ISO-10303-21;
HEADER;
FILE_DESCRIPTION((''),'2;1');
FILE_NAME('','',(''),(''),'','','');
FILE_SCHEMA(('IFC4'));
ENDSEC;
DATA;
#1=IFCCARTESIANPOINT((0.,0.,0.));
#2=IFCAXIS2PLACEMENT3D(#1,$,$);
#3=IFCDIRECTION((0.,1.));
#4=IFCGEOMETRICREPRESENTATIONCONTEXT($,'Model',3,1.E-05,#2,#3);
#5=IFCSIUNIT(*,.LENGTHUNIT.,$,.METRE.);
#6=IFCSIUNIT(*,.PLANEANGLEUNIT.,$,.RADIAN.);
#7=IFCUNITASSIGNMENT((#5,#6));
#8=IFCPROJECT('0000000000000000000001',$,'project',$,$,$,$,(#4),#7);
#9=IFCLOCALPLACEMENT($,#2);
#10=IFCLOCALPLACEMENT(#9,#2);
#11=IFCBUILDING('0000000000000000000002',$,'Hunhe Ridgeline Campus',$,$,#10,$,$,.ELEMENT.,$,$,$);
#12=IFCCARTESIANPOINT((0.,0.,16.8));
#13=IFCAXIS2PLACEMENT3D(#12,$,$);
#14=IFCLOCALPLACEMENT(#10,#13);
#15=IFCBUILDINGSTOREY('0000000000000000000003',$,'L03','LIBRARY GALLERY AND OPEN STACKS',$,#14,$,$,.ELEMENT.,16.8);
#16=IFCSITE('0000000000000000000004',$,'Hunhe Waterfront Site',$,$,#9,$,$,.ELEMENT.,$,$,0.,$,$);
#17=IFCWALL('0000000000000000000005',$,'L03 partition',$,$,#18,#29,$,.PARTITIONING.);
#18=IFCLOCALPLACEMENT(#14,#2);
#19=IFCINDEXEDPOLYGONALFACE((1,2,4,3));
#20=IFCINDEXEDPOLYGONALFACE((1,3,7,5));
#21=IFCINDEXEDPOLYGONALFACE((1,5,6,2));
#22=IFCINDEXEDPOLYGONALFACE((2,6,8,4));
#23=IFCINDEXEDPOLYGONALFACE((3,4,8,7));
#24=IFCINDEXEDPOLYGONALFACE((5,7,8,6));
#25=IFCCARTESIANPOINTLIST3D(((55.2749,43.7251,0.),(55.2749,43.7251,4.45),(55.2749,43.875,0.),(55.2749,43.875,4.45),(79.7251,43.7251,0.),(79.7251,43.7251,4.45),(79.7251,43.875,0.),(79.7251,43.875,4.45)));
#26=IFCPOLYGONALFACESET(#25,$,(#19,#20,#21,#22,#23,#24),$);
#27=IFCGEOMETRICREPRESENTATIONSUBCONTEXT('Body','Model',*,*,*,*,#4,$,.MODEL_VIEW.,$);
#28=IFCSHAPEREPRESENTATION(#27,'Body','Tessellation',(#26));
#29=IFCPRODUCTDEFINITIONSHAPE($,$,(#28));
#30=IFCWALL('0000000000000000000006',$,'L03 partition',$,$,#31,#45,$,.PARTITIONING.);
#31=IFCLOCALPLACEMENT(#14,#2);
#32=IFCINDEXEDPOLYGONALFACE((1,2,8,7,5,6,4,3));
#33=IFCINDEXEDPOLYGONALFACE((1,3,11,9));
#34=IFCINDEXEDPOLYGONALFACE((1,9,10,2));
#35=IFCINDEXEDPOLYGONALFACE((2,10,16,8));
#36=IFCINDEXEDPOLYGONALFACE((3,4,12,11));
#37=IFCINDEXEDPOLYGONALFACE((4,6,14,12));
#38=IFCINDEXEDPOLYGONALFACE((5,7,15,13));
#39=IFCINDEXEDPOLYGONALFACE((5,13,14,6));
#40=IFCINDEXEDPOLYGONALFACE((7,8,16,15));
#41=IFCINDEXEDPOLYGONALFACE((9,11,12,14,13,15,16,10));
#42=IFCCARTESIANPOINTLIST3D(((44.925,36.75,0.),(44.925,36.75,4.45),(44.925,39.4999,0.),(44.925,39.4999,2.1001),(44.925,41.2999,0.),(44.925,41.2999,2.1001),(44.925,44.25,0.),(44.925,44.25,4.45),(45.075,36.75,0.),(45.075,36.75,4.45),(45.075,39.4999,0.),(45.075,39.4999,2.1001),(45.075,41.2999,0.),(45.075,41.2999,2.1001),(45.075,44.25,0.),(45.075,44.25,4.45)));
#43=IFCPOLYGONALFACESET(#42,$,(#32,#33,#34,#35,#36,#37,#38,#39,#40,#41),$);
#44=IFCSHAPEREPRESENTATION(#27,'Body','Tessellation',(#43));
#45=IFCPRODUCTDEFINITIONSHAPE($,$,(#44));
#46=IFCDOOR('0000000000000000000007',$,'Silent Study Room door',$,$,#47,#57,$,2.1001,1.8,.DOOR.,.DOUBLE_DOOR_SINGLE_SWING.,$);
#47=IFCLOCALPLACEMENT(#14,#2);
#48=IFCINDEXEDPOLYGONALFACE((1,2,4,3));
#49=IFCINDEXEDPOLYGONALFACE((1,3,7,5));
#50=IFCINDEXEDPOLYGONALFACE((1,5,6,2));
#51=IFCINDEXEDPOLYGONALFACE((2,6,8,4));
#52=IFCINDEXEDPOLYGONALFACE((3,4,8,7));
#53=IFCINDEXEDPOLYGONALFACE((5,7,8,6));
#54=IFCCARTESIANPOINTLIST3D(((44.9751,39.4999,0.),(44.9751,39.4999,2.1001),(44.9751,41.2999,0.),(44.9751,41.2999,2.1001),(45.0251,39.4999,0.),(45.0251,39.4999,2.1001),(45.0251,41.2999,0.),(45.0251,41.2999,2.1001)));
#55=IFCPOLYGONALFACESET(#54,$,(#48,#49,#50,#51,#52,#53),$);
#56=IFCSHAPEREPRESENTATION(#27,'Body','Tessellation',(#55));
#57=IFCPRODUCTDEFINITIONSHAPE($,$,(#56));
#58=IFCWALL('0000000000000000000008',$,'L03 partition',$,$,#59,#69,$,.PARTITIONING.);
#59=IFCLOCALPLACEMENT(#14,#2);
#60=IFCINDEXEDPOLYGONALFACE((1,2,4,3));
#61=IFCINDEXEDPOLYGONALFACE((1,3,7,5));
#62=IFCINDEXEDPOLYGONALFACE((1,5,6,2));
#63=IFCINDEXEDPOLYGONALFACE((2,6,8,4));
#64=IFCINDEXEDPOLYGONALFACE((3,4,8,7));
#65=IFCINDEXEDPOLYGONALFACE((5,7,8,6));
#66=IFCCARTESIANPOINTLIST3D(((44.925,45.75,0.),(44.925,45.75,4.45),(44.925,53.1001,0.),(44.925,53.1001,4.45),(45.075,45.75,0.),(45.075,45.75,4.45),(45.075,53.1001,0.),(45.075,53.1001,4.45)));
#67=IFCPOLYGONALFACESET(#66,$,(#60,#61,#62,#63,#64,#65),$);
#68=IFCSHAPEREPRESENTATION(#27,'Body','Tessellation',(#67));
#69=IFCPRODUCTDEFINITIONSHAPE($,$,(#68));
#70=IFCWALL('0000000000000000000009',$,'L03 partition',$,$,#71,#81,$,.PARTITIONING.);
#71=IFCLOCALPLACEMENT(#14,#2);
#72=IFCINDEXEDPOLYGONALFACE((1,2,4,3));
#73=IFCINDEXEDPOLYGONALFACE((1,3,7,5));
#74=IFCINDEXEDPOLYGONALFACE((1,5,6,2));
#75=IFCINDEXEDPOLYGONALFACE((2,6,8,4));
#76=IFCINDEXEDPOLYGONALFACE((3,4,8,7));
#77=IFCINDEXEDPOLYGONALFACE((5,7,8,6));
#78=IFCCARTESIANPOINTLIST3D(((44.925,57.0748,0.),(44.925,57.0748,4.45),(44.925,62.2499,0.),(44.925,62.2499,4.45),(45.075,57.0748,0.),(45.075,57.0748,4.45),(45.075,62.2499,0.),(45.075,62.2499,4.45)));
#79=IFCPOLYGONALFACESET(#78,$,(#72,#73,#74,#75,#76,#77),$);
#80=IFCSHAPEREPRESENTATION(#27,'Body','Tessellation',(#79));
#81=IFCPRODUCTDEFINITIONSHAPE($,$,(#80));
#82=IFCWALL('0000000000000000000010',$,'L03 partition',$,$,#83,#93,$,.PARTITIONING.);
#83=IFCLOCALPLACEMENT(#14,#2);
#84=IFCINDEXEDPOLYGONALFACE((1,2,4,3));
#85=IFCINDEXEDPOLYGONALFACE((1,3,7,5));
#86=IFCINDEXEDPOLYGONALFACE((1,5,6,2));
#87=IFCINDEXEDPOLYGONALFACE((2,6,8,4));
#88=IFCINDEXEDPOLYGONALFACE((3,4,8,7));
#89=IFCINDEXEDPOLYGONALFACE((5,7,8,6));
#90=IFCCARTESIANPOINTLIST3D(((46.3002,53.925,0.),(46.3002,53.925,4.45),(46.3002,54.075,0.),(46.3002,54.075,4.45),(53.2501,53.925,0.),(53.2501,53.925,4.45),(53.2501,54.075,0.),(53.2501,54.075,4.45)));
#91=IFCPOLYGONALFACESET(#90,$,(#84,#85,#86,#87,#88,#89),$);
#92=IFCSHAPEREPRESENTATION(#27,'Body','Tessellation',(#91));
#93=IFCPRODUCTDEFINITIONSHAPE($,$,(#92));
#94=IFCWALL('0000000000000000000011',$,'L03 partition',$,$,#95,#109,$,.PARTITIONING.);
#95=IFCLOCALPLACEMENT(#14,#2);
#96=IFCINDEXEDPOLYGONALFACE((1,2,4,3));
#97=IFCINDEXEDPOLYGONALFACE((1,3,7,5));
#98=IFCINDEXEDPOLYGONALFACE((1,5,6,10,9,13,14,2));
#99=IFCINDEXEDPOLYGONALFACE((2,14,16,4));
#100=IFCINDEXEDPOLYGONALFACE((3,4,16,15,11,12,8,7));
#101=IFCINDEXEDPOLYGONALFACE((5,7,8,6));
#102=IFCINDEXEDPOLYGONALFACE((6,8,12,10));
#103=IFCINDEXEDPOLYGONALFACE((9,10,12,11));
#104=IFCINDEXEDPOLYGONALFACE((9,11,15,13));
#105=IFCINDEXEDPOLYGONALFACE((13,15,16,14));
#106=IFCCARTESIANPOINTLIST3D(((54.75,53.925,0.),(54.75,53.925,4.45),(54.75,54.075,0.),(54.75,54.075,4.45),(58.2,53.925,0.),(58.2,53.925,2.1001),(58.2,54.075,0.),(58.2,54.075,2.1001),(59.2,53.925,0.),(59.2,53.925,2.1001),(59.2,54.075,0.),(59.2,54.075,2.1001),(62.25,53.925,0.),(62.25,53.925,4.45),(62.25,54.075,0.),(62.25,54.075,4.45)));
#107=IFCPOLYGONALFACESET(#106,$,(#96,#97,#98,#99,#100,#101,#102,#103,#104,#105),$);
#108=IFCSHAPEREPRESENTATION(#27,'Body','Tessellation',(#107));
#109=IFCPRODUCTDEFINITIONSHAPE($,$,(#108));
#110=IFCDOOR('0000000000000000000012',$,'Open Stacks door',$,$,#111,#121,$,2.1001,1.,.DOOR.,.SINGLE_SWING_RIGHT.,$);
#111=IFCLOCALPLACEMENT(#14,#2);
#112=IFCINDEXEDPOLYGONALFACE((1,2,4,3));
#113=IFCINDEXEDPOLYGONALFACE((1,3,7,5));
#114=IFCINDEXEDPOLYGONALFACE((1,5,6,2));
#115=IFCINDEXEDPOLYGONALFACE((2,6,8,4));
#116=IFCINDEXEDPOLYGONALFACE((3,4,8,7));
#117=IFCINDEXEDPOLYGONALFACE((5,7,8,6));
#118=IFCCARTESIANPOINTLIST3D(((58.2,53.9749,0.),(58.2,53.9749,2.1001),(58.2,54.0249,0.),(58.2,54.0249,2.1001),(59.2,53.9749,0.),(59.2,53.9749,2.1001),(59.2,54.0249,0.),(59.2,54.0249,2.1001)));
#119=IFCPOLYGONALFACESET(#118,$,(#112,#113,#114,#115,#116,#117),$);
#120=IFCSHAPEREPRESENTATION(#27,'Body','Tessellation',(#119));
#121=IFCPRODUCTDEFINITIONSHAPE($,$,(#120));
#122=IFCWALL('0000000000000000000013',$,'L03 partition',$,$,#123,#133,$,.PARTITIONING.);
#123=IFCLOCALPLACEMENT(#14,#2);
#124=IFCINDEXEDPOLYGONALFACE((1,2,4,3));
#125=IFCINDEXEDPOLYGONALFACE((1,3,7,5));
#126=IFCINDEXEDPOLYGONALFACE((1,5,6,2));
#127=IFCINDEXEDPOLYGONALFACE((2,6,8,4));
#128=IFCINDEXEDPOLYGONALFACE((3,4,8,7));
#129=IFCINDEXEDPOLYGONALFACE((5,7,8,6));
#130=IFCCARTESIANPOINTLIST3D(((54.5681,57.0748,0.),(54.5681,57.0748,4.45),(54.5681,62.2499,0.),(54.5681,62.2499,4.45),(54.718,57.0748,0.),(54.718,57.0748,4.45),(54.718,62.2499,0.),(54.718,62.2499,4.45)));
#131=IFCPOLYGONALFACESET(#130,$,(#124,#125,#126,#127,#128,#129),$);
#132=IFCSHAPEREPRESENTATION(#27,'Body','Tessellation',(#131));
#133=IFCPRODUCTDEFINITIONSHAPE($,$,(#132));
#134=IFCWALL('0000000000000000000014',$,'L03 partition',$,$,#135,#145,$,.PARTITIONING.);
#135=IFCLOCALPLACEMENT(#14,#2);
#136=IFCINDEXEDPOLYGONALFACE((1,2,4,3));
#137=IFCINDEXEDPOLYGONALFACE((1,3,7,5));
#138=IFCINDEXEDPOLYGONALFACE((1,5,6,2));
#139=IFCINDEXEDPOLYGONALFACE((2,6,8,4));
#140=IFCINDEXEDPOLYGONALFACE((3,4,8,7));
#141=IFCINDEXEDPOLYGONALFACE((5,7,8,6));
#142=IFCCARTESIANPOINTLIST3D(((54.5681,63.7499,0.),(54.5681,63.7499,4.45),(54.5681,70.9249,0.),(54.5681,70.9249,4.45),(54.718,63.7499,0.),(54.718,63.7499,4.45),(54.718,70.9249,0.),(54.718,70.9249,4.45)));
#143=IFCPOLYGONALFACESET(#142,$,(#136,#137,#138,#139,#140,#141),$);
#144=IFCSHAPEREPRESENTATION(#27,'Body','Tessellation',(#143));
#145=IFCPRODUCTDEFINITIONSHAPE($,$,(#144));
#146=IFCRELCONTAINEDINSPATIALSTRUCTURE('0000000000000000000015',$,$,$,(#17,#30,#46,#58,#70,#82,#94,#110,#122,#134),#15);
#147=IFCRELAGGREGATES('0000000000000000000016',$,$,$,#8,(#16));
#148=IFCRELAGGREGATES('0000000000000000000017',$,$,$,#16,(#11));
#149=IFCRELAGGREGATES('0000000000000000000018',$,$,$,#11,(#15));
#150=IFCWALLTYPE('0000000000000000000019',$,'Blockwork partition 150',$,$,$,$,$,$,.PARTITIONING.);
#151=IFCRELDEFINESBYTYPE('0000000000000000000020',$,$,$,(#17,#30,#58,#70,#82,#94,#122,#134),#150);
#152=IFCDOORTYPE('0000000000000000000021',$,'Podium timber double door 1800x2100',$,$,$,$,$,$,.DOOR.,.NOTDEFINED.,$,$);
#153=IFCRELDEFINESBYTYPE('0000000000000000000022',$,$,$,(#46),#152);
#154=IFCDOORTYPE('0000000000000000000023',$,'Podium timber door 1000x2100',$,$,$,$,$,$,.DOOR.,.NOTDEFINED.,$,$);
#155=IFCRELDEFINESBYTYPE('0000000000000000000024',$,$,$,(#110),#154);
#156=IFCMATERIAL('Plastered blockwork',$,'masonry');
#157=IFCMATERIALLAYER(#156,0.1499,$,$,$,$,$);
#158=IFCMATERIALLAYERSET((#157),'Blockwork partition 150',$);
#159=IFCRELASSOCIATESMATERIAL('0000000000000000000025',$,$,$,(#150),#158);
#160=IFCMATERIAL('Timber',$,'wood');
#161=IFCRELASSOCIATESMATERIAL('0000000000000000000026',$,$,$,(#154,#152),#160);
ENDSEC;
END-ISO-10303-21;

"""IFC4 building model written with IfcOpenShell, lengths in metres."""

from ifc_helpers import new_model, si_unit, direction, frame, frame_2d, origin, place, context, subcontext, project, spatial, rectangle, extrude, material, layer, layer_set, type_object, element, fill, save


model = new_model("IFC4")

# Units and contexts
model_context = context("Model", 3, precision=1e-05, world=origin(), true_north=direction((0.0, 1.0)))
body_context = subcontext(model_context, "Body", "Model", "MODEL_VIEW")
ifc_project = project(units=[si_unit("LENGTHUNIT", "METRE"), si_unit("PLANEANGLEUNIT", "RADIAN")], contexts=[model_context])

# Site, building, storey
site_placement = place(None, origin())
site = spatial("IfcSite", under=ifc_project, at=site_placement, Name="Hunhe Waterfront Site", CompositionType="ELEMENT", RefElevation=0.0)
building_placement = place(site_placement, origin())
building = spatial("IfcBuilding", under=site, at=building_placement, Name="Hunhe Ridgeline Campus", CompositionType="ELEMENT")
storey_placement = place(building_placement, frame((0.0, 0.0, 16.8)))
storey = spatial("IfcBuildingStorey", under=building, at=storey_placement, Name="L03", Description="LIBRARY GALLERY AND OPEN STACKS", CompositionType="ELEMENT", Elevation=16.8)

# Shared definitions
ifc_material_1 = material(Name="Plastered blockwork", Category="masonry")
ifc_layer = layer(ifc_material_1, 0.1499)
ifc_layer_set = layer_set([ifc_layer], Name="Blockwork partition 150")
wall_type = type_object("IfcWallType", Name="Blockwork partition 150", PredefinedType="PARTITIONING", material=ifc_layer_set)

# Shared definitions
ifc_material_2 = material(Name="Timber", Category="wood")
door_type_1 = type_object("IfcDoorType", Name="Podium timber door 1000x2100", OperationType="NOTDEFINED", PredefinedType="DOOR", material=ifc_material_2)

# Wall
wall_1_placement = place(storey_placement, frame((55.2749, 43.8, 0.0), z_axis=(0.0, 0.0, 1.0), x_axis=(1.0, 0.0, 0.0)))
element("IfcWall", 1, at=wall_1_placement, inside=storey, type_object=wall_type, Name="L03 partition", PredefinedType="PARTITIONING", context=body_context, shape_type="SweptSolid", body=[
    extrude(rectangle(XDim=24.4502, YDim=0.1499, at=frame_2d((12.2251, 0.0))), origin(), (0.0, 0.0, 1.0), 4.45),
])

# Wall, opening, door
wall_2_placement = place(storey_placement, frame((45.0, 36.75, 0.0), z_axis=(0.0, 0.0, 1.0), x_axis=(0.0, 1.0, 0.0)))
wall_2 = element("IfcWall", 2, at=wall_2_placement, inside=storey, type_object=wall_type, Name="L03 partition", PredefinedType="PARTITIONING", context=body_context, shape_type="SweptSolid", body=[
    extrude(rectangle(XDim=7.5, YDim=0.1499, at=frame_2d((3.75, 0.0))), origin(), (0.0, 0.0, 1.0), 4.45),
])
opening_1_placement = place(wall_2_placement, frame((2.75, 0.0, 0.0)))
opening_1 = element("IfcOpeningElement", 3, at=opening_1_placement, cuts=wall_2, PredefinedType="OPENING", context=body_context, shape_type="SweptSolid", body=[
    extrude(rectangle(XDim=1.8, YDim=2.1001, at=frame_2d((0.8999, 1.05))), frame((0.0, 0.075, 0.0), z_axis=(0.0, -1.0, 0.0), x_axis=(1.0, 0.0, 0.0)), (0.0, 0.0, 1.0), 0.1499),
])
door_type_2 = type_object("IfcDoorType", Name="Podium timber double door 1800x2100", OperationType="NOTDEFINED", PredefinedType="DOOR", material=ifc_material_2)
door_1_placement = place(opening_1_placement, origin())
door_1 = element("IfcDoor", 4, at=door_1_placement, inside=storey, type_object=door_type_2, Name="Silent Study Room door", OperationType="DOUBLE_DOOR_SINGLE_SWING", OverallHeight=2.1001, OverallWidth=1.8, PredefinedType="DOOR", context=body_context, shape_type="SweptSolid", body=[
    extrude(rectangle(XDim=1.8, YDim=2.1001, at=frame_2d((0.8999, 1.05))), frame((0.0, 0.0249, 0.0), z_axis=(0.0, -1.0, 0.0), x_axis=(1.0, 0.0, 0.0)), (0.0, 0.0, 1.0), 0.05),
])
fill(opening_1, door_1)

# Walls
wall_3_placement = place(storey_placement, frame((45.0, 45.75, 0.0), z_axis=(0.0, 0.0, 1.0), x_axis=(0.0, 1.0, 0.0)))
element("IfcWall", 5, at=wall_3_placement, inside=storey, type_object=wall_type, Name="L03 partition", PredefinedType="PARTITIONING", context=body_context, shape_type="SweptSolid", body=[
    extrude(rectangle(XDim=7.3501, YDim=0.1499, at=frame_2d((3.675, 0.0))), origin(), (0.0, 0.0, 1.0), 4.45),
])
wall_4_placement = place(storey_placement, frame((45.0, 57.075, 0.0), z_axis=(0.0, 0.0, 1.0), x_axis=(0.0, 1.0, 0.0)))
element("IfcWall", 6, at=wall_4_placement, inside=storey, type_object=wall_type, Name="L03 partition", PredefinedType="PARTITIONING", context=body_context, shape_type="SweptSolid", body=[
    extrude(rectangle(XDim=5.175, YDim=0.1499, at=frame_2d((2.5874, 0.0))), origin(), (0.0, 0.0, 1.0), 4.45),
])
wall_5_placement = place(storey_placement, frame((46.3, 54.0, 0.0), z_axis=(0.0, 0.0, 1.0), x_axis=(1.0, 0.0, 0.0)))
element("IfcWall", 7, at=wall_5_placement, inside=storey, type_object=wall_type, Name="L03 partition", PredefinedType="PARTITIONING", context=body_context, shape_type="SweptSolid", body=[
    extrude(rectangle(XDim=6.95, YDim=0.1499, at=frame_2d((3.4751, 0.0))), origin(), (0.0, 0.0, 1.0), 4.45),
])

# Wall, opening, door
wall_6_placement = place(storey_placement, frame((54.75, 54.0, 0.0), z_axis=(0.0, 0.0, 1.0), x_axis=(1.0, 0.0, 0.0)))
wall_6 = element("IfcWall", 8, at=wall_6_placement, inside=storey, type_object=wall_type, Name="L03 partition", PredefinedType="PARTITIONING", context=body_context, shape_type="SweptSolid", body=[
    extrude(rectangle(XDim=7.5, YDim=0.1499, at=frame_2d((3.75, 0.0))), origin(), (0.0, 0.0, 1.0), 4.45),
])
opening_2_placement = place(wall_6_placement, frame((3.45, 0.0, 0.0)))
opening_2 = element("IfcOpeningElement", 9, at=opening_2_placement, cuts=wall_6, PredefinedType="OPENING", context=body_context, shape_type="SweptSolid", body=[
    extrude(rectangle(XDim=1.0, YDim=2.1001, at=frame_2d((0.5, 1.05))), frame((0.0, 0.075, 0.0), z_axis=(0.0, -1.0, 0.0), x_axis=(1.0, 0.0, 0.0)), (0.0, 0.0, 1.0), 0.1499),
])
door_2_placement = place(opening_2_placement, origin())
door_2 = element("IfcDoor", 10, at=door_2_placement, inside=storey, type_object=door_type_1, Name="Open Stacks door", OperationType="SINGLE_SWING_RIGHT", OverallHeight=2.1001, OverallWidth=1.0, PredefinedType="DOOR", context=body_context, shape_type="SweptSolid", body=[
    extrude(rectangle(XDim=1.0, YDim=2.1001, at=frame_2d((0.5, 1.05))), frame((0.0, 0.0249, 0.0), z_axis=(0.0, -1.0, 0.0), x_axis=(1.0, 0.0, 0.0)), (0.0, 0.0, 1.0), 0.05),
])
fill(opening_2, door_2)

# Walls
wall_7_placement = place(storey_placement, frame((54.6431, 57.075, 0.0), z_axis=(0.0, 0.0, 1.0), x_axis=(0.0, 1.0, 0.0)))
element("IfcWall", 11, at=wall_7_placement, inside=storey, type_object=wall_type, Name="L03 partition", PredefinedType="PARTITIONING", context=body_context, shape_type="SweptSolid", body=[
    extrude(rectangle(XDim=5.175, YDim=0.1499, at=frame_2d((2.5874, 0.0))), origin(), (0.0, 0.0, 1.0), 4.45),
])
wall_8_placement = place(storey_placement, frame((54.6431, 63.75, 0.0), z_axis=(0.0, 0.0, 1.0), x_axis=(0.0, 1.0, 0.0)))
element("IfcWall", 12, at=wall_8_placement, inside=storey, type_object=wall_type, Name="L03 partition", PredefinedType="PARTITIONING", context=body_context, shape_type="SweptSolid", body=[
    extrude(rectangle(XDim=7.175, YDim=0.1499, at=frame_2d((3.5874, 0.0))), origin(), (0.0, 0.0, 1.0), 4.45),
])

save(model, "model.ifc")
